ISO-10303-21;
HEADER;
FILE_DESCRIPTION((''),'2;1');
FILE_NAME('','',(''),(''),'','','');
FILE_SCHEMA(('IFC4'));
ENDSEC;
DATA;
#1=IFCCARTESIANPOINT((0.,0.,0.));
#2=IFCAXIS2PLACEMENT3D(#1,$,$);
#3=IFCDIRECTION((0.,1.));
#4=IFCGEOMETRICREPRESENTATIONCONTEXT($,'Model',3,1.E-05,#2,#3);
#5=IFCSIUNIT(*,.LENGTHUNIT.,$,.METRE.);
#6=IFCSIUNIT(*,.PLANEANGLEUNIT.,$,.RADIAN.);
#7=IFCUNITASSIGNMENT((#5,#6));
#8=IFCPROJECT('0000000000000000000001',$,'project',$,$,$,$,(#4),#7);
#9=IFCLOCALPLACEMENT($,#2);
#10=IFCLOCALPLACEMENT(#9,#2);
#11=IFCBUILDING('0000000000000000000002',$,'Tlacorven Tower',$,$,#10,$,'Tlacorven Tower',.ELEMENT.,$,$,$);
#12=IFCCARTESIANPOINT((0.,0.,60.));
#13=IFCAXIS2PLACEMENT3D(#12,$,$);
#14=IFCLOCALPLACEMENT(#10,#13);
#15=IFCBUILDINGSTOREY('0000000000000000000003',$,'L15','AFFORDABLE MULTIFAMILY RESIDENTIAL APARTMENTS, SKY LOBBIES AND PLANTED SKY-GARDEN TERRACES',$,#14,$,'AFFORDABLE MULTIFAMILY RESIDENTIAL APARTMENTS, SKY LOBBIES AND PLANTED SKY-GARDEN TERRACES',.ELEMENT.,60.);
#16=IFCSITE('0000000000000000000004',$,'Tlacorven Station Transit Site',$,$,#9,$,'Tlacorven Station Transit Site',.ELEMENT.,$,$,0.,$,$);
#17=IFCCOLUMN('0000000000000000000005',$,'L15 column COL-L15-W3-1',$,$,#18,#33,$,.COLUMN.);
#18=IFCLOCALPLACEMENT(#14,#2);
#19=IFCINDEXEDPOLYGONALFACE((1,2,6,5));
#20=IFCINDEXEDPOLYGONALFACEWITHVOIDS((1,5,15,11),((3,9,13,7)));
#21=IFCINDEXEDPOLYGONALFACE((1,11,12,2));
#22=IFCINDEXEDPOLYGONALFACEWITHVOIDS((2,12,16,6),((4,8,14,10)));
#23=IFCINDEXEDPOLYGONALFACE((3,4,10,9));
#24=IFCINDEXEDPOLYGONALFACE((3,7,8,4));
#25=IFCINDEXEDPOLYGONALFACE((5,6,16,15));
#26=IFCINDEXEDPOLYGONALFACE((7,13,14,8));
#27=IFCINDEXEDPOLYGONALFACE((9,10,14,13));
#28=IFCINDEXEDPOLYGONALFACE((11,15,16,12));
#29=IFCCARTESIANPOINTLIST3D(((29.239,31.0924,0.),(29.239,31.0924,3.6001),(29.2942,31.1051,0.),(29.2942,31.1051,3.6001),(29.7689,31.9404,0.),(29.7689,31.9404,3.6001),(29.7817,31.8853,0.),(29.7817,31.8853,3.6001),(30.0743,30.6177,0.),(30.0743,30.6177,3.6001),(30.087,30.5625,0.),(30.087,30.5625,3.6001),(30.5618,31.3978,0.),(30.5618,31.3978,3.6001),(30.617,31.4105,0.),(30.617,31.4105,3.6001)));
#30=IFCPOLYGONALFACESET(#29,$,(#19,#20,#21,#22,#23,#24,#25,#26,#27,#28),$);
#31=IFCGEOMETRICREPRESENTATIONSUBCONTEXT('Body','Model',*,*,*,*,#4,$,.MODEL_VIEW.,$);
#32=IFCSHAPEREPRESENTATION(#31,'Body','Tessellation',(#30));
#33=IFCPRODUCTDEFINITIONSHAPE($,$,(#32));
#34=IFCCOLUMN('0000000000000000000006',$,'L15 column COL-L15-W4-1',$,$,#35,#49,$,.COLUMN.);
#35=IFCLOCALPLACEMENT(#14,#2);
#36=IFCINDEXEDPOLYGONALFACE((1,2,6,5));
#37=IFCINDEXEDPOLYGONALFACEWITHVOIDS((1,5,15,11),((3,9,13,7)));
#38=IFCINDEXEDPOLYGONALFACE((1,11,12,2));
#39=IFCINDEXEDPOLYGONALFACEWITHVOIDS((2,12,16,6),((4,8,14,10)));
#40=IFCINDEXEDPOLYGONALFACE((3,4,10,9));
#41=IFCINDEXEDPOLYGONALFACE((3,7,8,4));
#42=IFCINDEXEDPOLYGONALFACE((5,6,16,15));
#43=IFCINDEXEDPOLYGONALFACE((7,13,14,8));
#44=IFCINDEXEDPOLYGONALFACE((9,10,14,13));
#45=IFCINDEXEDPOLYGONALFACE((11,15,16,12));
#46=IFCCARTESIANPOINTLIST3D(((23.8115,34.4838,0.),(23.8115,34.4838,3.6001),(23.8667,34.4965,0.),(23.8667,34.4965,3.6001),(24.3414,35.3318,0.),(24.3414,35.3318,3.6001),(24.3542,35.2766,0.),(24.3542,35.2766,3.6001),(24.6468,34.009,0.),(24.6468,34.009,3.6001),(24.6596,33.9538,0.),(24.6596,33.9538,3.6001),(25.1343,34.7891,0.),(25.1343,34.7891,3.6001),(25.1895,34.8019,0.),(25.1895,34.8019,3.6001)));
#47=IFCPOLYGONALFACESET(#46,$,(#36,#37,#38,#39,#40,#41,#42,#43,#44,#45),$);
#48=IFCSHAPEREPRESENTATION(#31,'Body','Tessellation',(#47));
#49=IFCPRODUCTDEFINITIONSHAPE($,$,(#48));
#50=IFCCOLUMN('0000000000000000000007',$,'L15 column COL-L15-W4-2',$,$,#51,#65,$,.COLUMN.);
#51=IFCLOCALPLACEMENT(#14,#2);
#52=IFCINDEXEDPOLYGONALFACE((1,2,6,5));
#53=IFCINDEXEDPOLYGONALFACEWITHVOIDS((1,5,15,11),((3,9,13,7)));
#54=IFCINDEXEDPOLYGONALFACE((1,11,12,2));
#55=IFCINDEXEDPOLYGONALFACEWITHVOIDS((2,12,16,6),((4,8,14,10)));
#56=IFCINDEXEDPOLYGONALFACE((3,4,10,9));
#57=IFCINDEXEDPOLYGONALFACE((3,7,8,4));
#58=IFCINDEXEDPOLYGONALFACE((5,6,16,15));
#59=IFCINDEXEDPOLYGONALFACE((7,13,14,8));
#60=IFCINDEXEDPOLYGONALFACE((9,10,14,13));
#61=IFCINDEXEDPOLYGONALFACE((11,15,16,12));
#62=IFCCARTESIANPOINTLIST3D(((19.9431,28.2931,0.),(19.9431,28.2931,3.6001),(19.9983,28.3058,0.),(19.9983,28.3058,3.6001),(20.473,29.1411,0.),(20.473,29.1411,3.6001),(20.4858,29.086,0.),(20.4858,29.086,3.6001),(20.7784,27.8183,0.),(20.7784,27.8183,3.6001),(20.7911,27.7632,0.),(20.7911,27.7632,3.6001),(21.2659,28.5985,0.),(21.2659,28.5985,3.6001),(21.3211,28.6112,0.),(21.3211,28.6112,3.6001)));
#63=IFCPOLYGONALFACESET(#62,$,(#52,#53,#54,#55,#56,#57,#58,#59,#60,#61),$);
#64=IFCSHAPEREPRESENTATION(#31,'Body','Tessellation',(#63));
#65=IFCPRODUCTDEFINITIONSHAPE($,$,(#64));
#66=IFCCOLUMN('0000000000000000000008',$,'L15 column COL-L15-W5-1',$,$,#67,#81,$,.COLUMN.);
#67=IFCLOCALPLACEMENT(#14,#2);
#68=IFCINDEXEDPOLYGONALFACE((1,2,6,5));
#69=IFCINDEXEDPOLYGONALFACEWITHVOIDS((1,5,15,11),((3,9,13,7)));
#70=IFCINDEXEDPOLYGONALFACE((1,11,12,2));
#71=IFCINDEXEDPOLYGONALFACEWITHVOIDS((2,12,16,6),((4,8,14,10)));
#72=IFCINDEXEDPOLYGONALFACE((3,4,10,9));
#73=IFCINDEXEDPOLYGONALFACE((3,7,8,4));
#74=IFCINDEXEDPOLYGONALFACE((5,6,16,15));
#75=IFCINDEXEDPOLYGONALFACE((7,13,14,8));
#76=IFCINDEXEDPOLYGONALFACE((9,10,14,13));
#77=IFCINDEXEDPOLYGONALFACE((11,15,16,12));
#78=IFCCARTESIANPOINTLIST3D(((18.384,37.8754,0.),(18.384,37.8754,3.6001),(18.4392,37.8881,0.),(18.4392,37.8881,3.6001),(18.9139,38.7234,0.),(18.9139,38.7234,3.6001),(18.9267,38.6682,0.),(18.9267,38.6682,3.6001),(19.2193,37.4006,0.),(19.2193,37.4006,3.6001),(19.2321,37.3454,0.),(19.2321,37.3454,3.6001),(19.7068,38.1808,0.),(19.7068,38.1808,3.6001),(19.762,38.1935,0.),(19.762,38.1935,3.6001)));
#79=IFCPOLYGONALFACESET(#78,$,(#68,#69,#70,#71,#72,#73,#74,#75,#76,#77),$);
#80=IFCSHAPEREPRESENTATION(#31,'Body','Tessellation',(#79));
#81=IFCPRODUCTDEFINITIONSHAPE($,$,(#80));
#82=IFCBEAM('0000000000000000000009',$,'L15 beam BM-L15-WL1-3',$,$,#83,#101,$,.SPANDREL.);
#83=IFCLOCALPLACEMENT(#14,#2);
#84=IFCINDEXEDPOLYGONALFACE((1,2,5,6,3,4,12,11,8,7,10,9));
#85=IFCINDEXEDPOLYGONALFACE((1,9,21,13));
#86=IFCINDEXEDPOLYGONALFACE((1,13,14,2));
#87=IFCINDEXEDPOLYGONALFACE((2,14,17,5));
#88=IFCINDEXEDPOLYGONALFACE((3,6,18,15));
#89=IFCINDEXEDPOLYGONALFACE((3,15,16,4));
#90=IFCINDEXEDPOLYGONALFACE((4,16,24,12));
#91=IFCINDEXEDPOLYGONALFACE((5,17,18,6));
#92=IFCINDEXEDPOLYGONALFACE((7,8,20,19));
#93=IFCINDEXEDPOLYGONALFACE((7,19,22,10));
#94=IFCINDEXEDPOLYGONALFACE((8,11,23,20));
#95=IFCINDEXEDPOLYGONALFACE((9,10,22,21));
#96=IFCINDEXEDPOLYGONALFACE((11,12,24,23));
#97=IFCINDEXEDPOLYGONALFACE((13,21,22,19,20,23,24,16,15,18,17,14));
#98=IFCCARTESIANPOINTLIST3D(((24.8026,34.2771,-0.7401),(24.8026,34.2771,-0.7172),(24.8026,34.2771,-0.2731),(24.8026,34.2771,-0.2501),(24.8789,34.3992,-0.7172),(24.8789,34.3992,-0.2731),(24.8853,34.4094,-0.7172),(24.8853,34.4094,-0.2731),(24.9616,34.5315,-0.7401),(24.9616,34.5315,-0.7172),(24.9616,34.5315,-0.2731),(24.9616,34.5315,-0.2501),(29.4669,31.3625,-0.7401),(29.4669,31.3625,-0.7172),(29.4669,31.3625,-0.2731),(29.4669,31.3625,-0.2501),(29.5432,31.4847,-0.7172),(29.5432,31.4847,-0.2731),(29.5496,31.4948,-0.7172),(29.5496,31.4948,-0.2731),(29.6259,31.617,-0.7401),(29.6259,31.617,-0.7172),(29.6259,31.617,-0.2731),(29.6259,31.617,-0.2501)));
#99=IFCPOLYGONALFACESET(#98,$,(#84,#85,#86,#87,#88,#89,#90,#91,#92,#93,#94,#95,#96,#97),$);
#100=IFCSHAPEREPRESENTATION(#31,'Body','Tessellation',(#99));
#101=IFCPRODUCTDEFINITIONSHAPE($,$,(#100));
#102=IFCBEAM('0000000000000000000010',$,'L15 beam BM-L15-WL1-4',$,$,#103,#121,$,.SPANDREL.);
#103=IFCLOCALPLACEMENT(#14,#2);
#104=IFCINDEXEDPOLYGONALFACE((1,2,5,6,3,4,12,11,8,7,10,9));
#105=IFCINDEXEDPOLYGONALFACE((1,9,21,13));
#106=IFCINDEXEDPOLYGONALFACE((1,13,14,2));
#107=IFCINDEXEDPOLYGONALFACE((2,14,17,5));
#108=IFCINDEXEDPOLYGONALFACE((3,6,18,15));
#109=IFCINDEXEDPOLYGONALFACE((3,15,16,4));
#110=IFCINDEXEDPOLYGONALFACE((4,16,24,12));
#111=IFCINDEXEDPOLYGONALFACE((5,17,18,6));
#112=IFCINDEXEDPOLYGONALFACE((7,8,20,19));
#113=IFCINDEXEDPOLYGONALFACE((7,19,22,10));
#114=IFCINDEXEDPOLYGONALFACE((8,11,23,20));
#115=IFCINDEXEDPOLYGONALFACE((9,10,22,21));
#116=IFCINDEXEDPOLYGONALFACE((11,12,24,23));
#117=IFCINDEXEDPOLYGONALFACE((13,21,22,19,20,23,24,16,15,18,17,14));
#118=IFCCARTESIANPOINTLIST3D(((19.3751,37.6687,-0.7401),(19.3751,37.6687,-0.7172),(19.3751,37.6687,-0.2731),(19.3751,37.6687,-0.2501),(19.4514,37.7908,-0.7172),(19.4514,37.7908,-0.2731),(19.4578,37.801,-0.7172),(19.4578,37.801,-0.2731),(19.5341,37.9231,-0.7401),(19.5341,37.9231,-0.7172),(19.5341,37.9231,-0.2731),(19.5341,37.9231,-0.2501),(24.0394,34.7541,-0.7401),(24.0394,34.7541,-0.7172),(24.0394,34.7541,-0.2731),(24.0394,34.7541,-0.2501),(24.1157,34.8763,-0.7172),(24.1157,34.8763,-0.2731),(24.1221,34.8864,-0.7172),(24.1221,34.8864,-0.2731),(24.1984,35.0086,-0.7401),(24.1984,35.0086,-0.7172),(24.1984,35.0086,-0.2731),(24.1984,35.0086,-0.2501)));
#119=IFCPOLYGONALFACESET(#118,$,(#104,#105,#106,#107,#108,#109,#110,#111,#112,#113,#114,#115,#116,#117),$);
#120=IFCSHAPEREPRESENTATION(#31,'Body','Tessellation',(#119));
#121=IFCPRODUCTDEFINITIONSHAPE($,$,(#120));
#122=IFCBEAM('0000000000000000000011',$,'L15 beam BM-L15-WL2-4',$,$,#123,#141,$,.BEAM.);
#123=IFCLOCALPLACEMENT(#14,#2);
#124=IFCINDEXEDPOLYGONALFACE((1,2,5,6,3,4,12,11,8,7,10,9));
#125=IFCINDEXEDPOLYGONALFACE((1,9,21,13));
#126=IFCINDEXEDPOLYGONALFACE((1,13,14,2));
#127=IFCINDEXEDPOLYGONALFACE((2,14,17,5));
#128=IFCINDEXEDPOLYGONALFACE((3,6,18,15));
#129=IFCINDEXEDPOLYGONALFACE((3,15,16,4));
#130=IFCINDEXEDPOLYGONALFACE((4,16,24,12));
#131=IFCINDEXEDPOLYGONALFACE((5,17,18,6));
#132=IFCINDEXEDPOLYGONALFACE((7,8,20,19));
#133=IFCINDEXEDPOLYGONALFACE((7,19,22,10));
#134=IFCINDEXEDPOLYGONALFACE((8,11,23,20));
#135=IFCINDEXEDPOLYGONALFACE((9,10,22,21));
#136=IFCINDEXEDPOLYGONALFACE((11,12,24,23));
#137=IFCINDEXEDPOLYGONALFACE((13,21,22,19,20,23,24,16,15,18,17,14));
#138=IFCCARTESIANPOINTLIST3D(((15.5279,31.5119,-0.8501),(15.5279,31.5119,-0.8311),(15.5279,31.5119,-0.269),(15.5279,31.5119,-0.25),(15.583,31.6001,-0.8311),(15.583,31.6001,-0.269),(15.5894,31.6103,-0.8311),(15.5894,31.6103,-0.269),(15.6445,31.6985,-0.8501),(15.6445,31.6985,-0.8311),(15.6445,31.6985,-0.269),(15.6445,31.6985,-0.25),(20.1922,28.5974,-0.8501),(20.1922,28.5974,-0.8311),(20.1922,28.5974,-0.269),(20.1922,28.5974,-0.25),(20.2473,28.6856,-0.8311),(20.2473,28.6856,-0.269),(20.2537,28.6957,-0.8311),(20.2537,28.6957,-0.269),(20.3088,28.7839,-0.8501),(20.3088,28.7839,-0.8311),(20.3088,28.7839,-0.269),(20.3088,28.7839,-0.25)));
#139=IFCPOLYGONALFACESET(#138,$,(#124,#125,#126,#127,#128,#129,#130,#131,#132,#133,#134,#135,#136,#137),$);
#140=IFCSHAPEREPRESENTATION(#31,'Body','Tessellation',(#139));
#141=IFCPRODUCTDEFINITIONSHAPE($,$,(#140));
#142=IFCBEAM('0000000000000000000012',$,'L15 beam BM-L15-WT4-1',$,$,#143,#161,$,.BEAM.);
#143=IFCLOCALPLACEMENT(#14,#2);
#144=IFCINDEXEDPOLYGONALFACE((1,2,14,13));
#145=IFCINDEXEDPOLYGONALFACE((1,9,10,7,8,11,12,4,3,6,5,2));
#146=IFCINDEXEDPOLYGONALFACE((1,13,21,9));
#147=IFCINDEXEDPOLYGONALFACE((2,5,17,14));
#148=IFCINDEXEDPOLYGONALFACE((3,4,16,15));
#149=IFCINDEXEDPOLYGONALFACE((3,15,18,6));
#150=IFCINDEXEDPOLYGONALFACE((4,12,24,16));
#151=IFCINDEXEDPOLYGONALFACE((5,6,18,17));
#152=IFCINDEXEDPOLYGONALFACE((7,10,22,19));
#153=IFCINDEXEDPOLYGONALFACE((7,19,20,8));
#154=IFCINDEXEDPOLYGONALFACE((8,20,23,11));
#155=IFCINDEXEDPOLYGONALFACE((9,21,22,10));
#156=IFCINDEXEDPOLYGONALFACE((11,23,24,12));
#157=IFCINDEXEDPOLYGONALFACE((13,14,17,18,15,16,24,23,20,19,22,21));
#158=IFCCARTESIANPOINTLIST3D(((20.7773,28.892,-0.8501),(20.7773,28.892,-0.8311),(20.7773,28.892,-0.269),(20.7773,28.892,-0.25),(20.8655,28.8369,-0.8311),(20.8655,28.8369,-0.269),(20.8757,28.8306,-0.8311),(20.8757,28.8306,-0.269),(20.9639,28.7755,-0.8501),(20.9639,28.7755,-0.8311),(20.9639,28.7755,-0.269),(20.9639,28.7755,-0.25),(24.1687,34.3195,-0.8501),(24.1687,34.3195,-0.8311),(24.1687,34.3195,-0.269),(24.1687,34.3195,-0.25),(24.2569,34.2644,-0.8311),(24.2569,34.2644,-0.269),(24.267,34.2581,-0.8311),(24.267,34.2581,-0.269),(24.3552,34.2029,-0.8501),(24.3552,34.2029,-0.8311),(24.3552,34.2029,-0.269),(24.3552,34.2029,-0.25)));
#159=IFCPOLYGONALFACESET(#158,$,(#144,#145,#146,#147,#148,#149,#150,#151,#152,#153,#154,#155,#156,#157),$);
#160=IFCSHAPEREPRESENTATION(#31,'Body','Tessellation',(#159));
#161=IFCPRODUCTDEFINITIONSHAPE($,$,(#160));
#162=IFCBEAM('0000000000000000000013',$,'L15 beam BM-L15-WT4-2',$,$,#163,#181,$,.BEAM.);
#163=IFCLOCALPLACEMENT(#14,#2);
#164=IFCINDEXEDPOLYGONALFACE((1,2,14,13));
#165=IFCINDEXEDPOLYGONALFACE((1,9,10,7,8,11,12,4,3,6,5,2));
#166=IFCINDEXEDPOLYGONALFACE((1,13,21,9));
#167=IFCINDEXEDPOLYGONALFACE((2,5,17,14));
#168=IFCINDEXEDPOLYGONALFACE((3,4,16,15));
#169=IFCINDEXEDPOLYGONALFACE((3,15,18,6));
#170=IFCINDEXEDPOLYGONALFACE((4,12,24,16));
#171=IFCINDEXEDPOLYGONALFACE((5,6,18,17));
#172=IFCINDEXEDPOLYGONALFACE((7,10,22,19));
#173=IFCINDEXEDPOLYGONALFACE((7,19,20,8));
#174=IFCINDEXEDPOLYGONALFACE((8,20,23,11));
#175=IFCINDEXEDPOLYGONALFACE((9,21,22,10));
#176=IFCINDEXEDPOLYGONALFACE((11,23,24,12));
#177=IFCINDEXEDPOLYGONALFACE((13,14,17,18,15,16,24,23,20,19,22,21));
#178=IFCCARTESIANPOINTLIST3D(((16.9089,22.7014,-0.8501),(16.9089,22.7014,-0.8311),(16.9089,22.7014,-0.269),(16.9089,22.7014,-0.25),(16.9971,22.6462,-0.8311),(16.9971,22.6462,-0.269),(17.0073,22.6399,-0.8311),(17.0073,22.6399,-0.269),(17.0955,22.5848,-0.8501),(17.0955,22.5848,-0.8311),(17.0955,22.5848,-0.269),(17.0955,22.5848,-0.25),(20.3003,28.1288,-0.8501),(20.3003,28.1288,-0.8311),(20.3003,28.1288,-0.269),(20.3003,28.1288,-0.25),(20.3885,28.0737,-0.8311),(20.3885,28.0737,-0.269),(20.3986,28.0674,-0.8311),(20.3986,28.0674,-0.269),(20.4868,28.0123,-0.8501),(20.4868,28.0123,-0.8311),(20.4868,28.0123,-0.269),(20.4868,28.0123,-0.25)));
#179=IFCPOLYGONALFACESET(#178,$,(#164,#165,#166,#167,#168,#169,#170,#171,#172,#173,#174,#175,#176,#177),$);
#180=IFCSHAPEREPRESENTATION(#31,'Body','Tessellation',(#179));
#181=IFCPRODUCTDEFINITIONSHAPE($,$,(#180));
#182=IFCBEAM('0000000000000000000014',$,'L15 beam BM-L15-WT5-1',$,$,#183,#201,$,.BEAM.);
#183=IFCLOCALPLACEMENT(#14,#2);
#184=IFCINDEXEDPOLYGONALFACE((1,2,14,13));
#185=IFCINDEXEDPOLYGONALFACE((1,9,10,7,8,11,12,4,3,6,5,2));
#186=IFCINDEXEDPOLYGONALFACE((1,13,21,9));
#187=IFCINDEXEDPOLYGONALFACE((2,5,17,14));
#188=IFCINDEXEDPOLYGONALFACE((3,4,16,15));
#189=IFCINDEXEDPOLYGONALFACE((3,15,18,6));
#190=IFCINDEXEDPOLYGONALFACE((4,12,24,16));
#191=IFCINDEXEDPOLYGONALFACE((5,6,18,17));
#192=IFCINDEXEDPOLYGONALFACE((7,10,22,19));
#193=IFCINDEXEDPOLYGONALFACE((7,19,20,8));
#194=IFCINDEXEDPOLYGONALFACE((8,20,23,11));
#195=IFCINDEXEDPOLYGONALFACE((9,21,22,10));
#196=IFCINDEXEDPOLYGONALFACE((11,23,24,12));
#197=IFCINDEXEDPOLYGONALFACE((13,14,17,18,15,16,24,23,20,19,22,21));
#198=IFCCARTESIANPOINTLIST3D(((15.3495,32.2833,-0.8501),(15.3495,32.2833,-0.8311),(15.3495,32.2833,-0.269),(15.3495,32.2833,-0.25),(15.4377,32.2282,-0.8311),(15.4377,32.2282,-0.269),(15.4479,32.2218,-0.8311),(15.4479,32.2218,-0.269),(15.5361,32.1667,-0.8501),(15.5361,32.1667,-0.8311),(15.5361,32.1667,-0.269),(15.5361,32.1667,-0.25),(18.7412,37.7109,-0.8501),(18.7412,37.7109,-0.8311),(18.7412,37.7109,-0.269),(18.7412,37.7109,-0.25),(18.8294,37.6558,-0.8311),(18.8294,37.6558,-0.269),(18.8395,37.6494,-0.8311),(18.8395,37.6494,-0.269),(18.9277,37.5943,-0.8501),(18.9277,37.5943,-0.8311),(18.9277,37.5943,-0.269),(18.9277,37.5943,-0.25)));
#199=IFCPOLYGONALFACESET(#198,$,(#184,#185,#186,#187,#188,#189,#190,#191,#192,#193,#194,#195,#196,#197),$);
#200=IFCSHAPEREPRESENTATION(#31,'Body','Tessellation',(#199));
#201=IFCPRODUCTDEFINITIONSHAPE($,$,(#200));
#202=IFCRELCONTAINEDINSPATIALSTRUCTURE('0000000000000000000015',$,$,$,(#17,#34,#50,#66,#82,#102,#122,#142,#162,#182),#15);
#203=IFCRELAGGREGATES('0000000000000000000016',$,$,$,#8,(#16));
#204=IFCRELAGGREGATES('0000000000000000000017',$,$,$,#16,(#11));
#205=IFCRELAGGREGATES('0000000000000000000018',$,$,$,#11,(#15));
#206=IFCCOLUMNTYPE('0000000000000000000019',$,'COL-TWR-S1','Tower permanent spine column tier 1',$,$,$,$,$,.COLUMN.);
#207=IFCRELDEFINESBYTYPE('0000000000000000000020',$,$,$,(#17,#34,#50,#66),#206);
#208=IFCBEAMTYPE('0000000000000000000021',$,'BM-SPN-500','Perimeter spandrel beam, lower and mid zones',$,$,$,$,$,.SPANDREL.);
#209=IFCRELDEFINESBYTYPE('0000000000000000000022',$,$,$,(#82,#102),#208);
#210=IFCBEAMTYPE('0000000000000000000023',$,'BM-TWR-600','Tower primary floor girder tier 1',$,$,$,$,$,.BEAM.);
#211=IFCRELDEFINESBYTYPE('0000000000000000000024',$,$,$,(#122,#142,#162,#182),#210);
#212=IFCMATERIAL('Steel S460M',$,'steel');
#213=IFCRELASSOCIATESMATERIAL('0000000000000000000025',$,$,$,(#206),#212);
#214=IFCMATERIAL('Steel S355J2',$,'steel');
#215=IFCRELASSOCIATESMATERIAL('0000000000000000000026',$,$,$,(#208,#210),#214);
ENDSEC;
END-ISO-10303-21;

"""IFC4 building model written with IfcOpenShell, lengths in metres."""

from ifc_helpers import new_model, si_unit, direction, frame, origin, origin_2d, place, context, subcontext, project, spatial, hollow_rectangle, i_section, extrude, source, transform, mapped, material, material_profile, profile_set, type_object, element, save


model = new_model("IFC4")

# Units and contexts
model_context = context("Model", 3, precision=1e-05, world=origin(), true_north=direction((0.0, 1.0)))
body_context = subcontext(model_context, "Body", "Model", "MODEL_VIEW")
ifc_project = project(units=[si_unit("LENGTHUNIT", "METRE"), si_unit("PLANEANGLEUNIT", "RADIAN")], contexts=[model_context])

# Site, building, storey
site_placement = place(None, origin())
site = spatial("IfcSite", under=ifc_project, at=site_placement, Name="Tlacorven Station Transit Site", LongName="Tlacorven Station Transit Site", CompositionType="ELEMENT", RefElevation=0.0)
building_placement = place(site_placement, origin())
building = spatial("IfcBuilding", under=site, at=building_placement, Name="Tlacorven Tower", LongName="Tlacorven Tower", CompositionType="ELEMENT")
storey_placement = place(building_placement, frame((0.0, 0.0, 60.0)))
storey = spatial("IfcBuildingStorey", under=building, at=storey_placement, Name="L15", Description="AFFORDABLE MULTIFAMILY RESIDENTIAL APARTMENTS, SKY LOBBIES AND PLANTED SKY-GARDEN TERRACES", LongName="AFFORDABLE MULTIFAMILY RESIDENTIAL APARTMENTS, SKY LOBBIES AND PLANTED SKY-GARDEN TERRACES", CompositionType="ELEMENT", Elevation=60.0)

# Columns
ifc_material_1 = material(Name="Steel S460M", Category="steel")
ifc_material_profile_1 = material_profile(ifc_material_1, hollow_rectangle(XDim=1.0, YDim=1.0, WallThickness=0.04, at=origin_2d()), Name="BOX 1000X1000X40")
ifc_profile_set_1 = profile_set([ifc_material_profile_1], Name="Steel S460M")
column_type = type_object("IfcColumnType", Name="COL-TWR-S1", Description="Tower permanent spine column tier 1", PredefinedType="COLUMN", material=ifc_profile_set_1)
shared_shape_1 = source(origin(), body_context, "Body", "SweptSolid", [
    extrude(hollow_rectangle(XDim=1.0, YDim=1.0, WallThickness=0.04, at=origin_2d()), origin(), (0.0, 0.0, 1.0), 3.6001),
])
for number, where, z_axis, x_axis, name in (
    (1, (29.928, 31.2515, 0.0), (0.0, 0.0, 1.0), (-0.848048, 0.529919, 0.0), "L15 column COL-L15-W3-1"),
    (2, (24.5005, 34.6428, 0.0), (0.0, 0.0, 1.0), (-0.848048, 0.529919, 0.0), "L15 column COL-L15-W4-1"),
    (3, (20.6321, 28.4521, 0.0), (0.0, 0.0, 1.0), (-0.848048, 0.529919, 0.0), "L15 column COL-L15-W4-2"),
    (4, (19.073, 38.0344, 0.0), (0.0, 0.0, 1.0), (-0.848048, 0.529919, 0.0), "L15 column COL-L15-W5-1"),
):
    element("IfcColumn", number, at=place(storey_placement, frame(where, z_axis=z_axis, x_axis=x_axis)), inside=storey, type_object=column_type, Name=name, PredefinedType="COLUMN", context=body_context, shape_type="MappedRepresentation", body=[
        mapped(shared_shape_1, transform((0.0, 0.0, 0.0), scale=1.0)),
    ])

# Beams
ifc_material_2 = material(Name="Steel S355J2", Category="steel")
ifc_material_profile_2 = material_profile(ifc_material_2, i_section(OverallWidth=0.3, OverallDepth=0.49, WebThickness=0.012, FlangeThickness=0.0229, at=origin_2d()), Name="HEA 500")
ifc_profile_set_2 = profile_set([ifc_material_profile_2], Name="Steel S355J2")
beam_type_1 = type_object("IfcBeamType", Name="BM-SPN-500", Description="Perimeter spandrel beam, lower and mid zones", PredefinedType="SPANDREL", material=ifc_profile_set_2)
shared_shape_2 = source(origin(), body_context, "Body", "SweptSolid", [
    extrude(i_section(OverallWidth=0.3, OverallDepth=0.49, WebThickness=0.012, FlangeThickness=0.0229, at=origin_2d()), origin(), (0.0, 0.0, 1.0), 5.5),
])
for number, where, z_axis, x_axis, name in (
    (5, (29.5464, 31.4897, -0.4951), (-0.848051, 0.529915, 0.0), (-0.529915, -0.848051, 0.0), "L15 beam BM-L15-WL1-3"),
    (6, (24.1189, 34.8813, -0.4951), (-0.848051, 0.529915, 0.0), (-0.529915, -0.848051, 0.0), "L15 beam BM-L15-WL1-4"),
):
    element("IfcBeam", number, at=place(storey_placement, frame(where, z_axis=z_axis, x_axis=x_axis)), inside=storey, type_object=beam_type_1, Name=name, PredefinedType="SPANDREL", context=body_context, shape_type="MappedRepresentation", body=[
        mapped(shared_shape_2, transform((0.0, 0.0, 0.0), scale=1.0)),
    ])
ifc_material_profile_3 = material_profile(ifc_material_2, i_section(OverallWidth=0.22, OverallDepth=0.6001, WebThickness=0.012, FlangeThickness=0.019, at=origin_2d()), Name="IPE 600")
ifc_profile_set_3 = profile_set([ifc_material_profile_3], Name="Steel S355J2")
beam_type_2 = type_object("IfcBeamType", Name="BM-TWR-600", Description="Tower primary floor girder tier 1", PredefinedType="BEAM", material=ifc_profile_set_3)
shared_shape_3 = source(origin(), body_context, "Body", "SweptSolid", [
    extrude(i_section(OverallWidth=0.22, OverallDepth=0.6001, WebThickness=0.012, FlangeThickness=0.019, at=origin_2d()), origin(), (0.0, 0.0, 1.0), 5.5),
])
beam_1_placement = place(storey_placement, frame((20.2505, 28.6907, -0.55), z_axis=(-0.848051, 0.529915, 0.0), x_axis=(-0.529915, -0.848051, 0.0)))
element("IfcBeam", 7, at=beam_1_placement, inside=storey, type_object=beam_type_2, Name="L15 beam BM-L15-WL2-4", PredefinedType="BEAM", context=body_context, shape_type="MappedRepresentation", body=[
    mapped(shared_shape_3, transform((0.0, 0.0, 0.0), scale=1.0)),
])
shared_shape_4 = source(origin(), body_context, "Body", "SweptSolid", [
    extrude(i_section(OverallWidth=0.22, OverallDepth=0.6001, WebThickness=0.012, FlangeThickness=0.019, at=origin_2d()), origin(), (0.0, 0.0, 1.0), 6.3999),
])
for number, where, z_axis, x_axis, name in (
    (8, (24.262, 34.2612, -0.55), (-0.529906, -0.848056, 0.0), (0.848056, -0.529906, 0.0), "L15 beam BM-L15-WT4-1"),
    (9, (20.3936, 28.0706, -0.55), (-0.529906, -0.848056, 0.0), (0.848056, -0.529906, 0.0), "L15 beam BM-L15-WT4-2"),
):
    element("IfcBeam", number, at=place(storey_placement, frame(where, z_axis=z_axis, x_axis=x_axis)), inside=storey, type_object=beam_type_2, Name=name, PredefinedType="BEAM", context=body_context, shape_type="MappedRepresentation", body=[
        mapped(shared_shape_4, transform((0.0, 0.0, 0.0), scale=1.0)),
    ])
shared_shape_5 = source(origin(), body_context, "Body", "SweptSolid", [
    extrude(i_section(OverallWidth=0.22, OverallDepth=0.6001, WebThickness=0.012, FlangeThickness=0.019, at=origin_2d()), origin(), (0.0, 0.0, 1.0), 6.4001),
])
beam_2_placement = place(storey_placement, frame((18.8345, 37.6526, -0.55), z_axis=(-0.529934, -0.848039, 0.0), x_axis=(0.848039, -0.529934, 0.0)))
element("IfcBeam", 10, at=beam_2_placement, inside=storey, type_object=beam_type_2, Name="L15 beam BM-L15-WT5-1", PredefinedType="BEAM", context=body_context, shape_type="MappedRepresentation", body=[
    mapped(shared_shape_5, transform((0.0, 0.0, 0.0), scale=1.0)),
])

save(model, "model.ifc")
